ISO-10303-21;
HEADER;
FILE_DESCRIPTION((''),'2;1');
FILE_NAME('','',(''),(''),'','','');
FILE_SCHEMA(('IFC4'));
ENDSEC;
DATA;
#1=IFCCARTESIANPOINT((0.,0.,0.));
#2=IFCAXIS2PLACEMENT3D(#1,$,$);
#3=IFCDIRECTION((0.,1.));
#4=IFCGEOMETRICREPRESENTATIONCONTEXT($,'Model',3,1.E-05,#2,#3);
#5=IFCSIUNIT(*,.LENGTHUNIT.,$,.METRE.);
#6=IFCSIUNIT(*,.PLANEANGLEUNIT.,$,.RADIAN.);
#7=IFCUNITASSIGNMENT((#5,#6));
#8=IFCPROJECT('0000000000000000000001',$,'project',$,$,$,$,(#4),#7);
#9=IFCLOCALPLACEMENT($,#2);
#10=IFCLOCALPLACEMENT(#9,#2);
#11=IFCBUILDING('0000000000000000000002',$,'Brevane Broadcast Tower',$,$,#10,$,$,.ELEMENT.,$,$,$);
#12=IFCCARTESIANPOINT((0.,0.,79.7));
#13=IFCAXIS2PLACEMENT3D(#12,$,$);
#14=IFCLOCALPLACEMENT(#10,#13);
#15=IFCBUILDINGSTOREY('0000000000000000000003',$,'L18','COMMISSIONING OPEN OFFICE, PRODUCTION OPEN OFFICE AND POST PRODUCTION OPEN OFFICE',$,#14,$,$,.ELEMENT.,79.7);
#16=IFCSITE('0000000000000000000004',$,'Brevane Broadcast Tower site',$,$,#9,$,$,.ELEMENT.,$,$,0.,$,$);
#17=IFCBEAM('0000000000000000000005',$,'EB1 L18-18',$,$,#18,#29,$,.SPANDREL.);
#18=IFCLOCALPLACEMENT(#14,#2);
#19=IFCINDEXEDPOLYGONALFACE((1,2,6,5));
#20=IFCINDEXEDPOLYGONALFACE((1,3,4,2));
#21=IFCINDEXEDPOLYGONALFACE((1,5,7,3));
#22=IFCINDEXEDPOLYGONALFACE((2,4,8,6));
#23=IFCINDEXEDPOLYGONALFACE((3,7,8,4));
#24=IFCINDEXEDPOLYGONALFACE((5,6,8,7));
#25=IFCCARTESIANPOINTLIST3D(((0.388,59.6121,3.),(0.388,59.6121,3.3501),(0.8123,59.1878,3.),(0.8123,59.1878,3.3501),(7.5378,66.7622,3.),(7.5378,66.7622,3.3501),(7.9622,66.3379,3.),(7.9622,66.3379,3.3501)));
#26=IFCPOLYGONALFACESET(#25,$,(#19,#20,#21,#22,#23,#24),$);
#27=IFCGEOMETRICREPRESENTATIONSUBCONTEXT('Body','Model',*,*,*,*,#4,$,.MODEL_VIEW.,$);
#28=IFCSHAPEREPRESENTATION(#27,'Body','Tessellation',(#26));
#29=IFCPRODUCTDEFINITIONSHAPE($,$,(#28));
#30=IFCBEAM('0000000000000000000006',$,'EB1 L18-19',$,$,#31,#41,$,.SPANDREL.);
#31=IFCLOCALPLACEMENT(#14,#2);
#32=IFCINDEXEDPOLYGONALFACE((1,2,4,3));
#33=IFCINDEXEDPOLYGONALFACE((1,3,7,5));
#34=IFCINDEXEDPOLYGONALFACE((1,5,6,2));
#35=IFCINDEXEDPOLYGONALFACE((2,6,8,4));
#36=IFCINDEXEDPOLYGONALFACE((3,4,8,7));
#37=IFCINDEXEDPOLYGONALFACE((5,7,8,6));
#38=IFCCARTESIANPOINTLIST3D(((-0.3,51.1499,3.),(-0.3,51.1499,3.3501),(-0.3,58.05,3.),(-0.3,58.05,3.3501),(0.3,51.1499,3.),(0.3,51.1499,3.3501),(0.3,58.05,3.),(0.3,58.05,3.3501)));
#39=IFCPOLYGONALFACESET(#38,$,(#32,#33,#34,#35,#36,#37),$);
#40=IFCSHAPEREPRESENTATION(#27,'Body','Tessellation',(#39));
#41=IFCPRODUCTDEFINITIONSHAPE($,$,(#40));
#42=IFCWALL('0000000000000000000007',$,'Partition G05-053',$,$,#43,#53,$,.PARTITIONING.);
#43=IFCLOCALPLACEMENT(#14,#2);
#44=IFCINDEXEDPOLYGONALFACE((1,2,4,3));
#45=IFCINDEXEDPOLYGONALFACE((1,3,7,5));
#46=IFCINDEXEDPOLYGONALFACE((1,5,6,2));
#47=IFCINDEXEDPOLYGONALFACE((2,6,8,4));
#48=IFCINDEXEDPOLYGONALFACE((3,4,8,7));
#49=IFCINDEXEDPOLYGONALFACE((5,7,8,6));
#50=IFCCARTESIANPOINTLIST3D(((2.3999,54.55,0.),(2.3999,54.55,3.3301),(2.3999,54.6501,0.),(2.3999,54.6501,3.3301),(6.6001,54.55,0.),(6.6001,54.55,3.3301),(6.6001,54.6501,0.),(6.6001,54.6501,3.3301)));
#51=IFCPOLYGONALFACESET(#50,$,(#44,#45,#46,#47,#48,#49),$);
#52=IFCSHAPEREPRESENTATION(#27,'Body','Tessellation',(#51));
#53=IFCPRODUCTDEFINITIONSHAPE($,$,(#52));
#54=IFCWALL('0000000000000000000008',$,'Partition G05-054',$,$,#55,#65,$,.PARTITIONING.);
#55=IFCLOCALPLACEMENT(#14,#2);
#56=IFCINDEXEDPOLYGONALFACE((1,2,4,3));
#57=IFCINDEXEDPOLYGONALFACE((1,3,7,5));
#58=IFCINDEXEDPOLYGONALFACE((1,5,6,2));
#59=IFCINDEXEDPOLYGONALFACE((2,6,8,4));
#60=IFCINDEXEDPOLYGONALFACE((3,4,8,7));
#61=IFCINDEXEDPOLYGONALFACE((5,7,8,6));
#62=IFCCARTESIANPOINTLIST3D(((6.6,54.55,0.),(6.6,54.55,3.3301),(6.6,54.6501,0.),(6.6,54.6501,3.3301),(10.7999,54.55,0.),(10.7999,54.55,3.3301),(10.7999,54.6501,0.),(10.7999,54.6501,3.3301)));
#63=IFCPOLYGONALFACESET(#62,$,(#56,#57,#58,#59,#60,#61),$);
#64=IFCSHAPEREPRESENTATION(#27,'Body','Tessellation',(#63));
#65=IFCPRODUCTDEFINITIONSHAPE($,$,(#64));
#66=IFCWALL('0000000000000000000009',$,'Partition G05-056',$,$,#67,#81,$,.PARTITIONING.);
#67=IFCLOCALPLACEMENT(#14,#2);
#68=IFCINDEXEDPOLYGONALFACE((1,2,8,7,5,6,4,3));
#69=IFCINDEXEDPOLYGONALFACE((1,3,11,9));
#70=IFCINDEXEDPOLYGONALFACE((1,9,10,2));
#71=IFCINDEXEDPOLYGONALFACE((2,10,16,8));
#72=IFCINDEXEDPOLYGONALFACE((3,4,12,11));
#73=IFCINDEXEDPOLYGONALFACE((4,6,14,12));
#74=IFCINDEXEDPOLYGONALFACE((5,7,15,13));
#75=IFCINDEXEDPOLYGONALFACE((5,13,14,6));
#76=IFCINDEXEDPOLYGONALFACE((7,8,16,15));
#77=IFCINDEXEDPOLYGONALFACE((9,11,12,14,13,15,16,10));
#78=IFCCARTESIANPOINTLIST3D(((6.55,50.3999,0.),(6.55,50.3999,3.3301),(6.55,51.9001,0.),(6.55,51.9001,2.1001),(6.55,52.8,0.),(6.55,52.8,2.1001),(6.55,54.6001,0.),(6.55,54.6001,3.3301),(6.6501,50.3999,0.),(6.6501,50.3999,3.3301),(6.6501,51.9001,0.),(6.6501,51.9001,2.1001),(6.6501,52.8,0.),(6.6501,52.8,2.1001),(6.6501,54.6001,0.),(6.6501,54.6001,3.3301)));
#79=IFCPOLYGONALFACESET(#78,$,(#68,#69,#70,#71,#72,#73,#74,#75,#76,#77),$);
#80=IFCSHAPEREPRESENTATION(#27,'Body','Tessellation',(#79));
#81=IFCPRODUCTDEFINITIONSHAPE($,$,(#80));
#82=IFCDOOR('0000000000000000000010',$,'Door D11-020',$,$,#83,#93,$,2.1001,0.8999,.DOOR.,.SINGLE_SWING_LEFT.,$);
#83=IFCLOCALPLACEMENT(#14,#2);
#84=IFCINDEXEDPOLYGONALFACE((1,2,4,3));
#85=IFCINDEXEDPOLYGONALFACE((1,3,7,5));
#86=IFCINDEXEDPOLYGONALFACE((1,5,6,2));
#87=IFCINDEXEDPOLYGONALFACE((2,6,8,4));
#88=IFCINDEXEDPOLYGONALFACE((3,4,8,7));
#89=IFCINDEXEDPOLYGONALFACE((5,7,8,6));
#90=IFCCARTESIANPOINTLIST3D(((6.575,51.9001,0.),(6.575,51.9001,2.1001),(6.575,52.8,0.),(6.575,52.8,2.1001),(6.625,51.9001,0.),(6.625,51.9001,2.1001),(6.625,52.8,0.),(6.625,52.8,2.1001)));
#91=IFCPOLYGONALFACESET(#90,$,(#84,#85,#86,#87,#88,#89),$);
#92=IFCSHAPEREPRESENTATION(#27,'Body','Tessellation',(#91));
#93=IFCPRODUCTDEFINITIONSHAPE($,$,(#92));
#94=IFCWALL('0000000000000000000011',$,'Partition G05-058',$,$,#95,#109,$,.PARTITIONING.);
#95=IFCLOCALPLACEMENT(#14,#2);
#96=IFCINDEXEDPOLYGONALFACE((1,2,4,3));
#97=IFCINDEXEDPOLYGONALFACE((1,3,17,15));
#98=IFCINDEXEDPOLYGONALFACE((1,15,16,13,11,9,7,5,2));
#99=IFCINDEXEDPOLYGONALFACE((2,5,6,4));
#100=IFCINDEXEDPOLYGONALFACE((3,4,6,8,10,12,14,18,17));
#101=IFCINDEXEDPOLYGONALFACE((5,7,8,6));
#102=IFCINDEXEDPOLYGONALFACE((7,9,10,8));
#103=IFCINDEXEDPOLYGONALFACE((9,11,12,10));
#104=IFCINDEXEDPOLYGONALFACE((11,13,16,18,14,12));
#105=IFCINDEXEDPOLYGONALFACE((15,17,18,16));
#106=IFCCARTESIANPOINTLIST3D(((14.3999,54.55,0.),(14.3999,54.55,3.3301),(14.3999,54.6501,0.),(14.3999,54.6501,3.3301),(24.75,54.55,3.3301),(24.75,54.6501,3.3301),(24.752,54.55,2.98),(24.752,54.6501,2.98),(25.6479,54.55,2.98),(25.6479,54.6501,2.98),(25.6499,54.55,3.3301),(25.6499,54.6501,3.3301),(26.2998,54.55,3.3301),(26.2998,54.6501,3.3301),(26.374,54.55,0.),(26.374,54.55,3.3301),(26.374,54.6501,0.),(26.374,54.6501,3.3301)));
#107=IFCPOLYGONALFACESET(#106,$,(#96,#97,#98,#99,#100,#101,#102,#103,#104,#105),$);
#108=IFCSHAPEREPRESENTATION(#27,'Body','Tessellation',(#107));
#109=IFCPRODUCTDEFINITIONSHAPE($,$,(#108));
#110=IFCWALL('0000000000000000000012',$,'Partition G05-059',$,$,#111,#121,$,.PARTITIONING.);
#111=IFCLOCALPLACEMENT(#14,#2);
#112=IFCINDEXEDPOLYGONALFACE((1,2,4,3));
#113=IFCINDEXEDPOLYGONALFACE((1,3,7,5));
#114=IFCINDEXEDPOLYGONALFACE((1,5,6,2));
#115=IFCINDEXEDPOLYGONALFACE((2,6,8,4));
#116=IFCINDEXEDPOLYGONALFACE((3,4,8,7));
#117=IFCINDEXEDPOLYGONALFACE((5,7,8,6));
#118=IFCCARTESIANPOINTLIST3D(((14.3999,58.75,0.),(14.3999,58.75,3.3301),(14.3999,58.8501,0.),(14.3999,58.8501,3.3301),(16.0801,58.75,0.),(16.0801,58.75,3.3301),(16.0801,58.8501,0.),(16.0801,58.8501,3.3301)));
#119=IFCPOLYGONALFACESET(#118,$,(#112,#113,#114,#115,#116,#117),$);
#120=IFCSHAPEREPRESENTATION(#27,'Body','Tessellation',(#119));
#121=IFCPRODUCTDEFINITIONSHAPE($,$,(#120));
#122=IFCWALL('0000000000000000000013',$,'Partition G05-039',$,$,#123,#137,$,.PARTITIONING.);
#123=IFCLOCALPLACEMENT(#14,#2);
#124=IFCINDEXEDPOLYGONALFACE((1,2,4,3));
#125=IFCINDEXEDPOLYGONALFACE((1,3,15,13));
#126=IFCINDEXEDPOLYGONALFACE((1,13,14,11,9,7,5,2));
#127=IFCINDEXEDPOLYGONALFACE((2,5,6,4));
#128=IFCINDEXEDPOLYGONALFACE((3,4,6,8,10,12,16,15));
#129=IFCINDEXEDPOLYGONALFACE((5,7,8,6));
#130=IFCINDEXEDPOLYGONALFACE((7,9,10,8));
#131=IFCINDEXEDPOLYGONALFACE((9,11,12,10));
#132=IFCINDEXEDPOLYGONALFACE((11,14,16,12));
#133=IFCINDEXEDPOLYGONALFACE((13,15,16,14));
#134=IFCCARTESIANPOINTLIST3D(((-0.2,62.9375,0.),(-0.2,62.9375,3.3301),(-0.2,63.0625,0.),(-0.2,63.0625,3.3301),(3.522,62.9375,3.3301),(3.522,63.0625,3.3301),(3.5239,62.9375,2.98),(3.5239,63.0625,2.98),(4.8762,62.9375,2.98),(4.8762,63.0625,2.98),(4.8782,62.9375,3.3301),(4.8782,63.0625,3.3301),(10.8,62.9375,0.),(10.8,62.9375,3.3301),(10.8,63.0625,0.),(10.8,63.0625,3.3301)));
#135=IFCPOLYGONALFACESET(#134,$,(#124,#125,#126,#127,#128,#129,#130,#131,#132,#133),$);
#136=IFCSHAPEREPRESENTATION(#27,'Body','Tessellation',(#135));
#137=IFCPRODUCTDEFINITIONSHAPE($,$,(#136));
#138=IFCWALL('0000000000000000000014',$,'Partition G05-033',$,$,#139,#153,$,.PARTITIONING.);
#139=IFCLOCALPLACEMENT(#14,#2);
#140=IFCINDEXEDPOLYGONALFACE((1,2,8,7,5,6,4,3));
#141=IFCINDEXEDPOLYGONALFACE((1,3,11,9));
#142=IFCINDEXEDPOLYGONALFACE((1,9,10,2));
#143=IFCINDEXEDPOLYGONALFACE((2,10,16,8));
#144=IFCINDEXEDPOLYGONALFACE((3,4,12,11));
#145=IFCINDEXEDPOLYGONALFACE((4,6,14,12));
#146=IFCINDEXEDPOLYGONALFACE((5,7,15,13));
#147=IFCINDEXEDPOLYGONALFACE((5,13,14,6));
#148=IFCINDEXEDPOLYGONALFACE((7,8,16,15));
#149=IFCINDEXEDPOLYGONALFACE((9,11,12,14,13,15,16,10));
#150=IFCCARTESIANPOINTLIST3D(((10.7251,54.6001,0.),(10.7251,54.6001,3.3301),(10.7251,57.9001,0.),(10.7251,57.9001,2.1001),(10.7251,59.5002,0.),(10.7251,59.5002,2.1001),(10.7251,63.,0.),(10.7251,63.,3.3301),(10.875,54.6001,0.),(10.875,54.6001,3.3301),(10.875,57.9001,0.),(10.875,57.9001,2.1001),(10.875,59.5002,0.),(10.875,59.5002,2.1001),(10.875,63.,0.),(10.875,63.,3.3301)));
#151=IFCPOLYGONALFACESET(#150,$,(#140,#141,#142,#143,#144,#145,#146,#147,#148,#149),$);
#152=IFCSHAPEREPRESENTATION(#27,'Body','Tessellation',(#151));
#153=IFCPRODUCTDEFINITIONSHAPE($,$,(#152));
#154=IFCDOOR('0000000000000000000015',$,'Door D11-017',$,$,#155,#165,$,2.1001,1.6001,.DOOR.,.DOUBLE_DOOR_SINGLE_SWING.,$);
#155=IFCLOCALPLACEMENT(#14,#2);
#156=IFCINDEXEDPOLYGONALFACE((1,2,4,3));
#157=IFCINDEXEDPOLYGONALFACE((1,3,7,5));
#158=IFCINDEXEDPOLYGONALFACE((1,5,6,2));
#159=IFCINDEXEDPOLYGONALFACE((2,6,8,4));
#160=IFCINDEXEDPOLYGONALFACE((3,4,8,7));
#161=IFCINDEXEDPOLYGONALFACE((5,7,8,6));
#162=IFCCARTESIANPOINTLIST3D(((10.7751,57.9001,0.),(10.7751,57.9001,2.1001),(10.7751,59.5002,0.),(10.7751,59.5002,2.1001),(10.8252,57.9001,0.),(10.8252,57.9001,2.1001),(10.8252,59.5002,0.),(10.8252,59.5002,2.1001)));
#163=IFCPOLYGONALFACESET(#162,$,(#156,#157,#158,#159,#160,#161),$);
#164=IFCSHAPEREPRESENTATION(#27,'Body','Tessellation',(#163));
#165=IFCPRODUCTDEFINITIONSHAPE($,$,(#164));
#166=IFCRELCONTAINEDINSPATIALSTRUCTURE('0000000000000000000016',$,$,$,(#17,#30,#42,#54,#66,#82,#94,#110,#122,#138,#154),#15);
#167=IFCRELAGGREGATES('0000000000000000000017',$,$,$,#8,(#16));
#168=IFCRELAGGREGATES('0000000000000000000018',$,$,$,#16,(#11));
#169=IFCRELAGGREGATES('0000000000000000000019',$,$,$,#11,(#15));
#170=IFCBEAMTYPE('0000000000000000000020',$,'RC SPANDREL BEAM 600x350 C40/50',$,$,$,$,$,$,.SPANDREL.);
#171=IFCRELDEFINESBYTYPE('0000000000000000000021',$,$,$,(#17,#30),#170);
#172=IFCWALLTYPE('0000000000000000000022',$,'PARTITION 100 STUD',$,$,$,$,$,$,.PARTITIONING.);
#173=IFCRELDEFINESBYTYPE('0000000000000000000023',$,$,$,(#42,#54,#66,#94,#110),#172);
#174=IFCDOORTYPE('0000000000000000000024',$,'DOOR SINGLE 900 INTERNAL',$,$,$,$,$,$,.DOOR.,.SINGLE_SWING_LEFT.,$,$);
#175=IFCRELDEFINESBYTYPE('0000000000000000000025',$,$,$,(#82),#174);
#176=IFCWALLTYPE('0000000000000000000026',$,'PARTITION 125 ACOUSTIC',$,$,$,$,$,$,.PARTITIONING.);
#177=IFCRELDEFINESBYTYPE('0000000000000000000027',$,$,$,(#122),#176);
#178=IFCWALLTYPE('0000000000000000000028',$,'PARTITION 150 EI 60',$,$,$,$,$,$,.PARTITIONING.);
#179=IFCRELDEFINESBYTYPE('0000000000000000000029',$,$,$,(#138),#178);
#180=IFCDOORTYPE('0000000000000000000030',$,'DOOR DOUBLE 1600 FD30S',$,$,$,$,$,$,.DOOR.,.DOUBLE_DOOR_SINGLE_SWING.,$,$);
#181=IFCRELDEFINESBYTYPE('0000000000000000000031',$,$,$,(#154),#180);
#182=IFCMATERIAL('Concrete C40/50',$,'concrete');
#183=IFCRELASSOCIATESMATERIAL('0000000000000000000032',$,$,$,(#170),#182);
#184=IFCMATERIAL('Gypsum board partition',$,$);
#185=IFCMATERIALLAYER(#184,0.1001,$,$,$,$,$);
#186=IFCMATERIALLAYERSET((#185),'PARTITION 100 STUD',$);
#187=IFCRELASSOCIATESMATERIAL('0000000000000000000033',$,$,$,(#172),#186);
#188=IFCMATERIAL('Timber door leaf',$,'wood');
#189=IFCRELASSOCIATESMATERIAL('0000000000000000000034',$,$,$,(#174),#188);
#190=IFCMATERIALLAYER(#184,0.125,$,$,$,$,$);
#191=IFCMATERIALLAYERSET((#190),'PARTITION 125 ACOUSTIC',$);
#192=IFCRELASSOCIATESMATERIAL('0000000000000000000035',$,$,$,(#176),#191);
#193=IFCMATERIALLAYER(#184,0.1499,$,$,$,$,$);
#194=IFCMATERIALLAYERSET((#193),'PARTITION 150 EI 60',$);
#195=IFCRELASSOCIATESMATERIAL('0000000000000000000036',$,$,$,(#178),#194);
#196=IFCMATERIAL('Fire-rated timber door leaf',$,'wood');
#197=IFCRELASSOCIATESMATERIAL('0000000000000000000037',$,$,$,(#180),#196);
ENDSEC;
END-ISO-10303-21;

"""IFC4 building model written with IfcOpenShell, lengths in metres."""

from ifc_helpers import new_model, si_unit, direction, frame, frame_2d, origin, origin_2d, place, context, subcontext, project, spatial, polyline, rectangle, outline, extrude, material, layer, layer_set, material_profile, profile_set, type_object, element, fill, save


model = new_model("IFC4")

# Units and contexts
model_context = context("Model", 3, precision=1e-05, world=origin(), true_north=direction((0.0, 1.0)))
body_context = subcontext(model_context, "Body", "Model", "MODEL_VIEW")
ifc_project = project(units=[si_unit("LENGTHUNIT", "METRE"), si_unit("PLANEANGLEUNIT", "RADIAN")], contexts=[model_context])

# Site, building, storey
site_placement = place(None, origin())
site = spatial("IfcSite", under=ifc_project, at=site_placement, Name="Brevane Broadcast Tower site", CompositionType="ELEMENT", RefElevation=0.0)
building_placement = place(site_placement, origin())
building = spatial("IfcBuilding", under=site, at=building_placement, Name="Brevane Broadcast Tower", CompositionType="ELEMENT")
storey_placement = place(building_placement, frame((0.0, 0.0, 79.7)))
storey = spatial("IfcBuildingStorey", under=building, at=storey_placement, Name="L18", Description="COMMISSIONING OPEN OFFICE, PRODUCTION OPEN OFFICE AND POST PRODUCTION OPEN OFFICE", CompositionType="ELEMENT", Elevation=79.7)

# Beams
ifc_material_1 = material(Name="Concrete C40/50", Category="concrete")
ifc_material_profile_1 = material_profile(ifc_material_1, rectangle(XDim=0.6001, YDim=0.3501, at=origin_2d()), Name="RC 600x350")
ifc_profile_set_1 = profile_set([ifc_material_profile_1], Name="Concrete C40/50")
beam_type = type_object("IfcBeamType", Name="RC SPANDREL BEAM 600x350 C40/50", PredefinedType="SPANDREL", material=ifc_profile_set_1)
beam_1_placement = place(storey_placement, frame((7.75, 66.55, 3.175), z_axis=(-0.707095, -0.707119, 0.0), x_axis=(0.707119, -0.707095, 0.0)))
element("IfcBeam", 1, at=beam_1_placement, inside=storey, type_object=beam_type, Name="EB1 L18-18", PredefinedType="SPANDREL", context=body_context, shape_type="SweptSolid", body=[
    extrude(rectangle(XDim=0.6001, YDim=0.3501, at=origin_2d()), origin(), (0.0, 0.0, 1.0), 10.1116),
])
beam_2_placement = place(storey_placement, frame((0.0, 58.05, 3.175), z_axis=(0.0, -1.0, 0.0), x_axis=(1.0, 0.0, 0.0)))
element("IfcBeam", 2, at=beam_2_placement, inside=storey, type_object=beam_type, Name="EB1 L18-19", PredefinedType="SPANDREL", context=body_context, shape_type="SweptSolid", body=[
    extrude(rectangle(XDim=0.6001, YDim=0.3501, at=origin_2d()), origin(), (0.0, 0.0, 1.0), 6.9001),
])

# Walls
ifc_material_2 = material(Name="Gypsum board partition")
ifc_layer_1 = layer(ifc_material_2, 0.1001)
ifc_layer_set_1 = layer_set([ifc_layer_1], Name="PARTITION 100 STUD")
wall_type_1 = type_object("IfcWallType", Name="PARTITION 100 STUD", PredefinedType="PARTITIONING", material=ifc_layer_set_1)
wall_1_placement = place(storey_placement, frame((6.6001, 54.6001, 0.0), z_axis=(0.0, 0.0, 1.0), x_axis=(-1.0, 0.0, 0.0)))
element("IfcWall", 3, at=wall_1_placement, inside=storey, type_object=wall_type_1, Name="Partition G05-053", PredefinedType="PARTITIONING", context=body_context, shape_type="SweptSolid", body=[
    extrude(rectangle(XDim=4.2002, YDim=0.1001, at=frame_2d((2.1001, 0.0))), origin(), (0.0, 0.0, 1.0), 3.3301),
])
wall_2_placement = place(storey_placement, frame((10.8, 54.6001, 0.0), z_axis=(0.0, 0.0, 1.0), x_axis=(-1.0, 0.0, 0.0)))
element("IfcWall", 4, at=wall_2_placement, inside=storey, type_object=wall_type_1, Name="Partition G05-054", PredefinedType="PARTITIONING", context=body_context, shape_type="SweptSolid", body=[
    extrude(rectangle(XDim=4.2, YDim=0.1001, at=frame_2d((2.1001, 0.0))), origin(), (0.0, 0.0, 1.0), 3.3301),
])

# Wall, opening, door
wall_3_placement = place(storey_placement, frame((6.6001, 54.6001, 0.0), z_axis=(0.0, 0.0, 1.0), x_axis=(0.0, -1.0, 0.0)))
wall_3 = element("IfcWall", 5, at=wall_3_placement, inside=storey, type_object=wall_type_1, Name="Partition G05-056", PredefinedType="PARTITIONING", context=body_context, shape_type="SweptSolid", body=[
    extrude(rectangle(XDim=4.2002, YDim=0.1001, at=frame_2d((2.1001, 0.0))), origin(), (0.0, 0.0, 1.0), 3.3301),
])
opening_1_placement = place(wall_3_placement, frame((1.8, 0.0, 0.0)))
opening_1 = element("IfcOpeningElement", 6, at=opening_1_placement, cuts=wall_3, PredefinedType="OPENING", context=body_context, shape_type="SweptSolid", body=[
    extrude(rectangle(XDim=0.8999, YDim=2.1001, at=frame_2d((0.45, 1.05))), frame((0.0, 0.0601, 0.0), z_axis=(0.0, -1.0, 0.0), x_axis=(1.0, 0.0, 0.0)), (0.0, 0.0, 1.0), 0.1201),
])
ifc_material_3 = material(Name="Timber door leaf", Category="wood")
door_type_1 = type_object("IfcDoorType", Name="DOOR SINGLE 900 INTERNAL", OperationType="SINGLE_SWING_LEFT", PredefinedType="DOOR", material=ifc_material_3)
door_1_placement = place(opening_1_placement, origin())
door_1 = element("IfcDoor", 7, at=door_1_placement, inside=storey, type_object=door_type_1, Name="Door D11-020", OperationType="SINGLE_SWING_LEFT", OverallHeight=2.1001, OverallWidth=0.8999, PredefinedType="DOOR", context=body_context, shape_type="SweptSolid", body=[
    extrude(rectangle(XDim=0.8999, YDim=2.1001, at=frame_2d((0.45, 1.05))), frame((0.0, 0.0249, 0.0), z_axis=(0.0, -1.0, 0.0), x_axis=(1.0, 0.0, 0.0)), (0.0, 0.0, 1.0), 0.05),
])
fill(opening_1, door_1)

# Walls
wall_4_placement = place(storey_placement, frame((14.3999, 54.6001, 0.0), z_axis=(0.0, 0.0, 1.0), x_axis=(1.0, 0.0, 0.0)))
element("IfcWall", 8, at=wall_4_placement, inside=storey, type_object=wall_type_1, Name="Partition G05-058", PredefinedType="PARTITIONING", context=body_context, shape_type="SweptSolid", body=[
    extrude(outline(polyline([(0.0, 0.0), (11.9741, 0.0), (11.9741, 3.3301), (11.8999, 3.3301), (11.25, 3.3301), (11.248, 2.98), (10.3521, 2.98), (10.3501, 3.3301), (0.0, 3.3301), (0.0, 0.0)])), frame((0.0, 0.05, 0.0), z_axis=(0.0, -1.0, 0.0), x_axis=(1.0, 0.0, 0.0)), (0.0, 0.0, 1.0), 0.1001),
])
wall_5_placement = place(storey_placement, frame((14.3999, 58.8, 0.0), z_axis=(0.0, 0.0, 1.0), x_axis=(1.0, 0.0, 0.0)))
element("IfcWall", 9, at=wall_5_placement, inside=storey, type_object=wall_type_1, Name="Partition G05-059", PredefinedType="PARTITIONING", context=body_context, shape_type="SweptSolid", body=[
    extrude(rectangle(XDim=1.6802, YDim=0.1001, at=frame_2d((0.8401, 0.0))), origin(), (0.0, 0.0, 1.0), 3.3301),
])
ifc_layer_2 = layer(ifc_material_2, 0.125)
ifc_layer_set_2 = layer_set([ifc_layer_2], Name="PARTITION 125 ACOUSTIC")
wall_type_2 = type_object("IfcWallType", Name="PARTITION 125 ACOUSTIC", PredefinedType="PARTITIONING", material=ifc_layer_set_2)
wall_6_placement = place(storey_placement, frame((10.8, 63.0, 0.0), z_axis=(0.0, 0.0, 1.0), x_axis=(-1.0, 0.0, 0.0)))
element("IfcWall", 10, at=wall_6_placement, inside=storey, type_object=wall_type_2, Name="Partition G05-039", PredefinedType="PARTITIONING", context=body_context, shape_type="SweptSolid", body=[
    extrude(outline(polyline([(0.0, 0.0), (11.0, 0.0), (11.0, 3.3301), (7.2781, 3.3301), (7.2761, 2.98), (5.9238, 2.98), (5.9219, 3.3301), (0.0, 3.3301), (0.0, 0.0)])), frame((0.0, 0.0625, 0.0), z_axis=(0.0, -1.0, 0.0), x_axis=(1.0, 0.0, 0.0)), (0.0, 0.0, 1.0), 0.125),
])

# Wall, opening, door
ifc_layer_3 = layer(ifc_material_2, 0.1499)
ifc_layer_set_3 = layer_set([ifc_layer_3], Name="PARTITION 150 EI 60")
wall_type_3 = type_object("IfcWallType", Name="PARTITION 150 EI 60", PredefinedType="PARTITIONING", material=ifc_layer_set_3)
ifc_material_4 = material(Name="Fire-rated timber door leaf", Category="wood")
wall_7_placement = place(storey_placement, frame((10.8, 54.6001, 0.0), z_axis=(0.0, 0.0, 1.0), x_axis=(0.0, 1.0, 0.0)))
wall_7 = element("IfcWall", 11, at=wall_7_placement, inside=storey, type_object=wall_type_3, Name="Partition G05-033", PredefinedType="PARTITIONING", context=body_context, shape_type="SweptSolid", body=[
    extrude(rectangle(XDim=8.3999, YDim=0.1499, at=frame_2d((4.2, 0.0))), origin(), (0.0, 0.0, 1.0), 3.3301),
])
opening_2_placement = place(wall_7_placement, frame((3.3, 0.0, 0.0)))
opening_2 = element("IfcOpeningElement", 12, at=opening_2_placement, cuts=wall_7, PredefinedType="OPENING", context=body_context, shape_type="SweptSolid", body=[
    extrude(rectangle(XDim=1.6001, YDim=2.1001, at=frame_2d((0.8, 1.05))), frame((0.0, 0.085, 0.0), z_axis=(0.0, -1.0, 0.0), x_axis=(1.0, 0.0, 0.0)), (0.0, 0.0, 1.0), 0.1699),
])
door_type_2 = type_object("IfcDoorType", Name="DOOR DOUBLE 1600 FD30S", OperationType="DOUBLE_DOOR_SINGLE_SWING", PredefinedType="DOOR", material=ifc_material_4)
door_2_placement = place(opening_2_placement, origin())
door_2 = element("IfcDoor", 13, at=door_2_placement, inside=storey, type_object=door_type_2, Name="Door D11-017", OperationType="DOUBLE_DOOR_SINGLE_SWING", OverallHeight=2.1001, OverallWidth=1.6001, PredefinedType="DOOR", context=body_context, shape_type="SweptSolid", body=[
    extrude(rectangle(XDim=1.6001, YDim=2.1001, at=frame_2d((0.8, 1.05))), frame((0.0, 0.0249, 0.0), z_axis=(0.0, -1.0, 0.0), x_axis=(1.0, 0.0, 0.0)), (0.0, 0.0, 1.0), 0.05),
])
fill(opening_2, door_2)

save(model, "model.ifc")
